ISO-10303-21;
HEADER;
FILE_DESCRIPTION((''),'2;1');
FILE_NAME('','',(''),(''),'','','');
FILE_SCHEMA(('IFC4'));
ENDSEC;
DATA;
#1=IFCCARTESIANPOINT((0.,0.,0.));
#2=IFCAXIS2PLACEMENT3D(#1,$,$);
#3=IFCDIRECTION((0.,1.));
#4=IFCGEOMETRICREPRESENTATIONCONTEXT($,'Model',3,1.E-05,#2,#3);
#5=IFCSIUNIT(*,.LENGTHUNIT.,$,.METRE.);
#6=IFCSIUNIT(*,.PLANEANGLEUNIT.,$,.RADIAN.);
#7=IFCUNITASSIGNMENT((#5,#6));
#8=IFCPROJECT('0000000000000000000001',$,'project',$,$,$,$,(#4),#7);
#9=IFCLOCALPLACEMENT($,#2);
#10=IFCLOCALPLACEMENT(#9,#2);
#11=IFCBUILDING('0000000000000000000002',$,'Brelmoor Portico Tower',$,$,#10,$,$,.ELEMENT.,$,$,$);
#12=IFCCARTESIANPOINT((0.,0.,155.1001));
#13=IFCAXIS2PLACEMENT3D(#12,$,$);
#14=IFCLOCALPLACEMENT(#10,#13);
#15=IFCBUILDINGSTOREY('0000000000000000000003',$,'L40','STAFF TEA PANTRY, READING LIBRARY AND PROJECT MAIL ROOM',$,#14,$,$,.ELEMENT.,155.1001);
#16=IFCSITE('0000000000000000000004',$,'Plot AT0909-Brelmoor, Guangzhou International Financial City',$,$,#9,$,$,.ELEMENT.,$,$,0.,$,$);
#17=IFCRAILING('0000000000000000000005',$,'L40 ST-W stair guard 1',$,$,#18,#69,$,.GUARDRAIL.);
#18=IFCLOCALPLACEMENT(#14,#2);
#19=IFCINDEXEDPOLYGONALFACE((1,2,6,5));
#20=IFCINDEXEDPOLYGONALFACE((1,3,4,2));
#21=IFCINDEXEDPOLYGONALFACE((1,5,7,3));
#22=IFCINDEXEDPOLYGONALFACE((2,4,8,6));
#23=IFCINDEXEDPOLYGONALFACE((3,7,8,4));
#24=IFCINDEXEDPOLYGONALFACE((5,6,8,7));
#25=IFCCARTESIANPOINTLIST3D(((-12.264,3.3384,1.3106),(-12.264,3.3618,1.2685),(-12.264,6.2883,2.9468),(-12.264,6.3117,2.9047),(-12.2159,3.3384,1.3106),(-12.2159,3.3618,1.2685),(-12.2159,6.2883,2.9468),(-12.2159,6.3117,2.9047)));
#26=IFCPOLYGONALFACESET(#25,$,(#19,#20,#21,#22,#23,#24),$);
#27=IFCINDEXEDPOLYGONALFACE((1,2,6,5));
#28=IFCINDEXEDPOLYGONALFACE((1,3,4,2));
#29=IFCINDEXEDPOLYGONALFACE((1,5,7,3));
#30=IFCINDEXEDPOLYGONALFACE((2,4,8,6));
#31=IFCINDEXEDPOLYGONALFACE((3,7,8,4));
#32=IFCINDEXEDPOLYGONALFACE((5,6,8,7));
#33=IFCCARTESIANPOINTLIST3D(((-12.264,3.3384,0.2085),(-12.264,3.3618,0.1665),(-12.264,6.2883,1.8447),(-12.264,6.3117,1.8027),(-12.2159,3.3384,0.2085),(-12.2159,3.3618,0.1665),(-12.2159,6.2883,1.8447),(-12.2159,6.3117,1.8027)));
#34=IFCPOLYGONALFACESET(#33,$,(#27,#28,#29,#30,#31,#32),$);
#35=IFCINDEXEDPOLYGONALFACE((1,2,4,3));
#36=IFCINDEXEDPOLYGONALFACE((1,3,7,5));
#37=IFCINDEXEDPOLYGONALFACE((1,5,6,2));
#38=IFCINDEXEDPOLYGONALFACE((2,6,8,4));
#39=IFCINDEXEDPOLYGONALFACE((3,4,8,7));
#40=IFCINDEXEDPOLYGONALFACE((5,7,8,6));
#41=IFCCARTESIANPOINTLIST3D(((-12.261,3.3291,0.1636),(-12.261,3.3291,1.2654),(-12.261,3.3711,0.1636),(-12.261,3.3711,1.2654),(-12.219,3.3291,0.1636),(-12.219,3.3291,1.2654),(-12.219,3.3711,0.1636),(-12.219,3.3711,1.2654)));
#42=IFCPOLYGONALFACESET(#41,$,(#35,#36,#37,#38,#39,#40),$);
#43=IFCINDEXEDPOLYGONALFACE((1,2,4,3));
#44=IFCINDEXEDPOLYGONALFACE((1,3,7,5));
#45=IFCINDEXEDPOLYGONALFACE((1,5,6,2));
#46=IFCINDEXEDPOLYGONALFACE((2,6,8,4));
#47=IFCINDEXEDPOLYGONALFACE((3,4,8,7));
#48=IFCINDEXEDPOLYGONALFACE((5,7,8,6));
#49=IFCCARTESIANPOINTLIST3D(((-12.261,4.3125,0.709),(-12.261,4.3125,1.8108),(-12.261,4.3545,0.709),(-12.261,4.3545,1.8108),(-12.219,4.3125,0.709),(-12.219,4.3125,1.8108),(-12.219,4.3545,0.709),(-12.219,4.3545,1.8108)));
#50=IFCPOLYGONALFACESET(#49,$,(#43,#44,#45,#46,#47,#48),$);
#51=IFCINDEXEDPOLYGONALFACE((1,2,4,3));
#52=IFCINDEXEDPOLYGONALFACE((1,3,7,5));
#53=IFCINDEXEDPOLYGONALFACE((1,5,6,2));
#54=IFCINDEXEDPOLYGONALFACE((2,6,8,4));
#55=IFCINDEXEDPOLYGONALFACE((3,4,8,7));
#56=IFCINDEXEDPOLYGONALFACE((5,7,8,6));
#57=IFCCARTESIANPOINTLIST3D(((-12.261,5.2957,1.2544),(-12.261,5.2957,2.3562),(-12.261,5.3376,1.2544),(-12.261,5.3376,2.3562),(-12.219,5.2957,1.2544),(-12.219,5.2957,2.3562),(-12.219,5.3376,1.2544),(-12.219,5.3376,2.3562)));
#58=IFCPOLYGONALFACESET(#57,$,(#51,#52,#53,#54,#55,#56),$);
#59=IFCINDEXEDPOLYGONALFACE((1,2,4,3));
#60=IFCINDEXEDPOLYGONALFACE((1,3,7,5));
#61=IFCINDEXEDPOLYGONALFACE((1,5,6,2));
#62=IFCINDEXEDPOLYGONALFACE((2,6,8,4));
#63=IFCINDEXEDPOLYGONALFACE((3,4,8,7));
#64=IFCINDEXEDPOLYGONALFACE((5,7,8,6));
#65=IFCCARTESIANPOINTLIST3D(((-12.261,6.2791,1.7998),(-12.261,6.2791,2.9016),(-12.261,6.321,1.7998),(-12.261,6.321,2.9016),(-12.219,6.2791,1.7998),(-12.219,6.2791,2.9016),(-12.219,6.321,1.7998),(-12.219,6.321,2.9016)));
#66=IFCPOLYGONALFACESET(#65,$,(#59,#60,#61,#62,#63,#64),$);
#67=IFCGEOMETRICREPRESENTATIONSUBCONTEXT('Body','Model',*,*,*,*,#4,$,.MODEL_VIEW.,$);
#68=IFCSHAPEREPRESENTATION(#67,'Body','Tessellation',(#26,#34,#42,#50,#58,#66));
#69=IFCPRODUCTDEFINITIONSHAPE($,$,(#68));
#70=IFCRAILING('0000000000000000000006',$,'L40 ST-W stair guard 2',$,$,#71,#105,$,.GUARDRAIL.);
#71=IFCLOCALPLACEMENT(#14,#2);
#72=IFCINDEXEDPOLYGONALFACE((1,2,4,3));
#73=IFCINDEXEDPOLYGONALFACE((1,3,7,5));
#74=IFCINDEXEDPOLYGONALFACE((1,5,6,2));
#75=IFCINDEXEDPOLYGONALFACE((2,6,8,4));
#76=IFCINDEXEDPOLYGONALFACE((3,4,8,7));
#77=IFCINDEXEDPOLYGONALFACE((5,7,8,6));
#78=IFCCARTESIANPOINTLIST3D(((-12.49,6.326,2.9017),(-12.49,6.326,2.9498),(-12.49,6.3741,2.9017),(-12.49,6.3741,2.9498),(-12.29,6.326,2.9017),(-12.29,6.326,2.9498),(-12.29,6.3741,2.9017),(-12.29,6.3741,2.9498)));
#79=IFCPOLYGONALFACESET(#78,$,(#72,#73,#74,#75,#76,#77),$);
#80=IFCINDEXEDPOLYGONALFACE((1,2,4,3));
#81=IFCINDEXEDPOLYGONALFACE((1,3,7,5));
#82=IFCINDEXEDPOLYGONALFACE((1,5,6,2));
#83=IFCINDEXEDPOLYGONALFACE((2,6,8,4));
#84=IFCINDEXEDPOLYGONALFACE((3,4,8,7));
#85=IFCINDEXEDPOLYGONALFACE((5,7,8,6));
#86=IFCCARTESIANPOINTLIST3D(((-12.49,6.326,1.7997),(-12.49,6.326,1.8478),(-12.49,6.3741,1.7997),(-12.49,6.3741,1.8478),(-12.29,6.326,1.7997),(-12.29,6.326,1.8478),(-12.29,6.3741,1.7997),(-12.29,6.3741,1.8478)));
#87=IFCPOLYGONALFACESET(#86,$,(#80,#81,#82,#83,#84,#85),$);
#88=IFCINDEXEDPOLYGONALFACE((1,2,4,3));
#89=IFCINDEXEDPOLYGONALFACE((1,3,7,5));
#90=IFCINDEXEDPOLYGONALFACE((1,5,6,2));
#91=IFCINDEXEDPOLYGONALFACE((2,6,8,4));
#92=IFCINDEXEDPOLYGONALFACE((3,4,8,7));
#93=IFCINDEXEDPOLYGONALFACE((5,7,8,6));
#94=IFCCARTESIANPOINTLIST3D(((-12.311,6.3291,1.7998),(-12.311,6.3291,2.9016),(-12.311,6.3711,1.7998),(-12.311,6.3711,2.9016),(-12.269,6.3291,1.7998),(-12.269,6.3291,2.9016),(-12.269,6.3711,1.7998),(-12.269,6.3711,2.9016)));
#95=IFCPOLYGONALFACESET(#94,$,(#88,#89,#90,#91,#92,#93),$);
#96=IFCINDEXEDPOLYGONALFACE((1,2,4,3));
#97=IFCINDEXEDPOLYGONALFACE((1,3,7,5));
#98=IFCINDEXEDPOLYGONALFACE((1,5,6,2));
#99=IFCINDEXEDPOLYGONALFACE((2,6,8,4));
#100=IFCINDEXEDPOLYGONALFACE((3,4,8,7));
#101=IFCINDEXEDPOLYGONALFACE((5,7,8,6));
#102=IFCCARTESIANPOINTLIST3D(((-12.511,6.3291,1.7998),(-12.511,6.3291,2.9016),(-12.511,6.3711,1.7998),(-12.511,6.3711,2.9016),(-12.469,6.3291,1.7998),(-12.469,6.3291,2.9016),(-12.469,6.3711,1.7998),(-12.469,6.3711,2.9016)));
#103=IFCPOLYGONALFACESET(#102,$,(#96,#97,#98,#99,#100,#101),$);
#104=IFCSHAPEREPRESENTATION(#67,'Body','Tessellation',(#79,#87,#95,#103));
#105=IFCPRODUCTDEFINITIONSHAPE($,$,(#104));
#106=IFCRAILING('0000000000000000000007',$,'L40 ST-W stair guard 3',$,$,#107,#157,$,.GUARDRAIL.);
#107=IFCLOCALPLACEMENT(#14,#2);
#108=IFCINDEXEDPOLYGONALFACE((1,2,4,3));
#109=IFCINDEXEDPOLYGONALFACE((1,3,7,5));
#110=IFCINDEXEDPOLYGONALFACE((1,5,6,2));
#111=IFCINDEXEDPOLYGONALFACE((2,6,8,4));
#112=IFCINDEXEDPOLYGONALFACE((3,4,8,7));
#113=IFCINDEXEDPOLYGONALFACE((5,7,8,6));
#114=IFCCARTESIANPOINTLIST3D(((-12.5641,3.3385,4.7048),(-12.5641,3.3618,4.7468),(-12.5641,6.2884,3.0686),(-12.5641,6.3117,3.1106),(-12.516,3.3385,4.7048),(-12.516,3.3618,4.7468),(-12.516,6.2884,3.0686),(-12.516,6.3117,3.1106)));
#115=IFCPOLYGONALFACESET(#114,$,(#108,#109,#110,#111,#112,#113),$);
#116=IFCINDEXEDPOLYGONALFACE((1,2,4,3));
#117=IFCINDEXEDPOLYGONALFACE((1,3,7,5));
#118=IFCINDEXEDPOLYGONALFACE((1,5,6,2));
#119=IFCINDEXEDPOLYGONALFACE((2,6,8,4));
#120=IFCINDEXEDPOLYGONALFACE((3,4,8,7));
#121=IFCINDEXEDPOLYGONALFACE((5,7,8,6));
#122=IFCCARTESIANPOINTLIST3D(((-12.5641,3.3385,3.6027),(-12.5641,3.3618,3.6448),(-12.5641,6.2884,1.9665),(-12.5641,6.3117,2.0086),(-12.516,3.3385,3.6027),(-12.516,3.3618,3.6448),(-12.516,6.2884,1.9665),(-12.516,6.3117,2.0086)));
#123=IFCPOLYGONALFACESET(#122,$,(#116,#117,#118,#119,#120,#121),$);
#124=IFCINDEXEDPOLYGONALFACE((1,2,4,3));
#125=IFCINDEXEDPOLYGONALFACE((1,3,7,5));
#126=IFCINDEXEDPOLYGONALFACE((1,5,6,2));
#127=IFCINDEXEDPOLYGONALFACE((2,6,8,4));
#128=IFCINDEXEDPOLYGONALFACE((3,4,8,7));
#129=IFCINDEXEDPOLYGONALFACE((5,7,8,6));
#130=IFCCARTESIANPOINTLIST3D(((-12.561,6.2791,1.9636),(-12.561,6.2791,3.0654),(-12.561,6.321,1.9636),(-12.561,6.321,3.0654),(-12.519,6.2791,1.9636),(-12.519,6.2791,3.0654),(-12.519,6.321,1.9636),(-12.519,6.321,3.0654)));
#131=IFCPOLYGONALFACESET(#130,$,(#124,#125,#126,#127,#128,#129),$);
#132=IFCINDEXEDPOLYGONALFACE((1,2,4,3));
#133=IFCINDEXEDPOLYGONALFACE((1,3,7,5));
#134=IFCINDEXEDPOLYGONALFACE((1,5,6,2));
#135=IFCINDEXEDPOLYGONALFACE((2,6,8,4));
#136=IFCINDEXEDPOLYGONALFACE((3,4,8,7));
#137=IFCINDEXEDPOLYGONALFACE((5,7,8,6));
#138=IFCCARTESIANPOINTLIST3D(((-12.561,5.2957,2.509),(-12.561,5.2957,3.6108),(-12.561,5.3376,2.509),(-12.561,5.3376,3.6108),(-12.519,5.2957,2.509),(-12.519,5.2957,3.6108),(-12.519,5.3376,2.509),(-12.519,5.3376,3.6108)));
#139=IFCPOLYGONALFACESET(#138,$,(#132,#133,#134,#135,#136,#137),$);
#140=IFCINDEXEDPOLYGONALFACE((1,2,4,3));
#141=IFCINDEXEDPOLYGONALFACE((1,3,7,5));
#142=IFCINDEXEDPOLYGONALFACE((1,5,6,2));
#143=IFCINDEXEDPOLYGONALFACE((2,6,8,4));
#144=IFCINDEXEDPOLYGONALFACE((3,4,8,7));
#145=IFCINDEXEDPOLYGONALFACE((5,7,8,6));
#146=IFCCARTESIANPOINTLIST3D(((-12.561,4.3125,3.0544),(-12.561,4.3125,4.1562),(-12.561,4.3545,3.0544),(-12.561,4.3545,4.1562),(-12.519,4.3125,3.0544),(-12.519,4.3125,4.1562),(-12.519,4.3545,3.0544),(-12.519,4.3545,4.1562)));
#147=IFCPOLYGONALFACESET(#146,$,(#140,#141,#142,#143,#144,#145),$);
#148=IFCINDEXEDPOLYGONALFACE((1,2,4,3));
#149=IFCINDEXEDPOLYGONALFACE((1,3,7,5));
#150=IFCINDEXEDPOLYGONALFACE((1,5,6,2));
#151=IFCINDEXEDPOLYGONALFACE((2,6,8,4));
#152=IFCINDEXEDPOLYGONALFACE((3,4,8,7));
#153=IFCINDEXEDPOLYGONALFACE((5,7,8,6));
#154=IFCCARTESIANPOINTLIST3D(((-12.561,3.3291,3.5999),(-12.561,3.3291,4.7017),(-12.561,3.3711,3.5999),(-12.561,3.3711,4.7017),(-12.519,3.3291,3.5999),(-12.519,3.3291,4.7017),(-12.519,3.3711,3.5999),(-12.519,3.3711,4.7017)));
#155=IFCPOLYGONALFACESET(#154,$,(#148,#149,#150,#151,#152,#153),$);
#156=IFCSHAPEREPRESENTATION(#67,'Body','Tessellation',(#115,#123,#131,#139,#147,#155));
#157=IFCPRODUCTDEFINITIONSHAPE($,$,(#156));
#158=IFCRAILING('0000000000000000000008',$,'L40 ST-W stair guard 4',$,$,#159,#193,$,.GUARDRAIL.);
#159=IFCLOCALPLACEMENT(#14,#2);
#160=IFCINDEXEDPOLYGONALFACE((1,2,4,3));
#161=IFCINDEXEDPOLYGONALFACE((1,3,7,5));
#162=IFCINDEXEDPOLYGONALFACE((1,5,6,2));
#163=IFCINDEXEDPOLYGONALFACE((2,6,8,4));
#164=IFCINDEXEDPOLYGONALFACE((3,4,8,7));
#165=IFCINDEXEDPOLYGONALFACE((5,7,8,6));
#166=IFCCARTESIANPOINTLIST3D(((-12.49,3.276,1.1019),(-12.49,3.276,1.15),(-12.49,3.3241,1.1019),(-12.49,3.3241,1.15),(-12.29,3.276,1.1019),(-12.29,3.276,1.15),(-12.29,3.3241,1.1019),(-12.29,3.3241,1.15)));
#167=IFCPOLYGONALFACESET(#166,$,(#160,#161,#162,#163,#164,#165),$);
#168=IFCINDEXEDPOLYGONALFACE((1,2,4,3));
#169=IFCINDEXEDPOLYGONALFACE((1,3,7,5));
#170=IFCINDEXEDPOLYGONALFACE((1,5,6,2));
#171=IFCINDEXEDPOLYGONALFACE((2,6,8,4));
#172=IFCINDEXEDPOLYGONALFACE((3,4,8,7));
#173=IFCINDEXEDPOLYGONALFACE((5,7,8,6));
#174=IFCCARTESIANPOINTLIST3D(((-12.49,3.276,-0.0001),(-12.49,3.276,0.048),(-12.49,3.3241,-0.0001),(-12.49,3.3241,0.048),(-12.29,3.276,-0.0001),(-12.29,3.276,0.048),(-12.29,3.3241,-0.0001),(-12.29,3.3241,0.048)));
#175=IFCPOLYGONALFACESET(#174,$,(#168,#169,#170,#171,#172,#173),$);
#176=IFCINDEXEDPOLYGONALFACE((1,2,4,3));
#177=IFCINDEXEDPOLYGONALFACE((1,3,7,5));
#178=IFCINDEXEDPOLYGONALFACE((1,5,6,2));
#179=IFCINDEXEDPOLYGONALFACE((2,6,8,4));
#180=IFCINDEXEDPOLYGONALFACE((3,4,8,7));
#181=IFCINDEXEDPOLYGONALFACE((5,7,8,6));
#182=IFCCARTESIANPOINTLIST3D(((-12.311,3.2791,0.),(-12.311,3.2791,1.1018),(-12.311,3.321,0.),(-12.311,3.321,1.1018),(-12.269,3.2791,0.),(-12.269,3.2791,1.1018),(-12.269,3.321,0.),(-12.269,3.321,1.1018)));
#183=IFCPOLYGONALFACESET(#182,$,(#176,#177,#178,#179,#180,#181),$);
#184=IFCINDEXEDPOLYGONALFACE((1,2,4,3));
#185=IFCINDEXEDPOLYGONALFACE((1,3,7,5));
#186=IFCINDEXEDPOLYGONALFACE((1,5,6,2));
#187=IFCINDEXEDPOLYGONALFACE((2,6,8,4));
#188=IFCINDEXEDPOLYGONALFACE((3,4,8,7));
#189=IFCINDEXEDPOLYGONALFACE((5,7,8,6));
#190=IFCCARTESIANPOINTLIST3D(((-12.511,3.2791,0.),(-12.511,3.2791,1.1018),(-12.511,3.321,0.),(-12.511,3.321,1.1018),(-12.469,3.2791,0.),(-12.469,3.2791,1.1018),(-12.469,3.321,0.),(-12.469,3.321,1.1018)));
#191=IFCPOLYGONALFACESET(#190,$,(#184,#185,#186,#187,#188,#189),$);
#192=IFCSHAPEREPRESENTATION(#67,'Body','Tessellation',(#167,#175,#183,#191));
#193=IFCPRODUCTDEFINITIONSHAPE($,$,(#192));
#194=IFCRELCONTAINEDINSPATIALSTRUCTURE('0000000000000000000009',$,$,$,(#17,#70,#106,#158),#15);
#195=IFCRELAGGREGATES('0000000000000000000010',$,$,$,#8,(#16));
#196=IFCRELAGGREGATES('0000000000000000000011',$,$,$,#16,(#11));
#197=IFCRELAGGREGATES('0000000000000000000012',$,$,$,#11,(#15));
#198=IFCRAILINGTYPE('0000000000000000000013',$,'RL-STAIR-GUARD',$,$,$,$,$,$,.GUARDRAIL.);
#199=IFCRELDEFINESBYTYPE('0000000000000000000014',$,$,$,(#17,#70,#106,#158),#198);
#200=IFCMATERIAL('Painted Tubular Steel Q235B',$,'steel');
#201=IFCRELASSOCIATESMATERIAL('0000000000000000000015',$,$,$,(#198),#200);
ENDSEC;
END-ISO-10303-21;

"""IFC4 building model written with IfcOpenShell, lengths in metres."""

from ifc_helpers import new_model, si_unit, direction, frame, origin, origin_2d, place, context, subcontext, project, spatial, rectangle, extrude, material, type_object, element, save


model = new_model("IFC4")

# Units and contexts
model_context = context("Model", 3, precision=1e-05, world=origin(), true_north=direction((0.0, 1.0)))
body_context = subcontext(model_context, "Body", "Model", "MODEL_VIEW")
ifc_project = project(units=[si_unit("LENGTHUNIT", "METRE"), si_unit("PLANEANGLEUNIT", "RADIAN")], contexts=[model_context])

# Site, building, storey
site_placement = place(None, origin())
site = spatial("IfcSite", under=ifc_project, at=site_placement, Name="Plot AT0909-Brelmoor, Guangzhou International Financial City", CompositionType="ELEMENT", RefElevation=0.0)
building_placement = place(site_placement, origin())
building = spatial("IfcBuilding", under=site, at=building_placement, Name="Brelmoor Portico Tower", CompositionType="ELEMENT")
storey_placement = place(building_placement, frame((0.0, 0.0, 155.1001)))
storey = spatial("IfcBuildingStorey", under=building, at=storey_placement, Name="L40", Description="STAFF TEA PANTRY, READING LIBRARY AND PROJECT MAIL ROOM", CompositionType="ELEMENT", Elevation=155.1001)

# Railings
ifc_material_1 = material(Name="Painted Tubular Steel Q235B", Category="steel")
railing_type_1 = type_object("IfcRailingType", Name="RL-STAIR-GUARD", PredefinedType="GUARDRAIL", material=ifc_material_1)
railing_1_placement = place(storey_placement, frame((-12.24, 3.3501, 0.1636)))
element("IfcRailing", 1, at=railing_1_placement, inside=storey, type_object=railing_type_1, Name="L40 ST-W stair guard 1", PredefinedType="GUARDRAIL", context=body_context, shape_type="SweptSolid", body=[
    extrude(rectangle(XDim=0.0481, YDim=0.0481, at=origin_2d()), frame((0.0, 0.0, 1.126), z_axis=(0.0, 0.874488, 0.485047), x_axis=(-1.0, 0.0, 0.0)), (0.0, 0.0, 1.0), 3.3733),
    extrude(rectangle(XDim=0.0481, YDim=0.0481, at=origin_2d()), frame((0.0, 0.0, 0.0239), z_axis=(0.0, 0.874488, 0.485047), x_axis=(-1.0, 0.0, 0.0)), (0.0, 0.0, 1.0), 3.3733),
    extrude(rectangle(XDim=0.042, YDim=0.042, at=origin_2d()), origin(), (0.0, 0.0, 1.0), 1.1018),
    extrude(rectangle(XDim=0.042, YDim=0.042, at=origin_2d()), frame((0.0, 0.9834, 0.5454)), (0.0, 0.0, 1.0), 1.1018),
    extrude(rectangle(XDim=0.042, YDim=0.042, at=origin_2d()), frame((0.0, 1.9666, 1.0908)), (0.0, 0.0, 1.0), 1.1018),
    extrude(rectangle(XDim=0.042, YDim=0.042, at=origin_2d()), frame((0.0, 2.95, 1.6362)), (0.0, 0.0, 1.0), 1.1018),
])
railing_2_placement = place(storey_placement, frame((-12.29, 6.3501, 1.7998)))
element("IfcRailing", 2, at=railing_2_placement, inside=storey, type_object=railing_type_1, Name="L40 ST-W stair guard 2", PredefinedType="GUARDRAIL", context=body_context, shape_type="SweptSolid", body=[
    extrude(rectangle(XDim=0.0481, YDim=0.0481, at=origin_2d()), frame((0.0, 0.0, 1.126), z_axis=(-1.0, 0.0, 0.0), x_axis=(0.0, -1.0, 0.0)), (0.0, 0.0, 1.0), 0.2),
    extrude(rectangle(XDim=0.0481, YDim=0.0481, at=origin_2d()), frame((0.0, 0.0, 0.0239), z_axis=(-1.0, 0.0, 0.0), x_axis=(0.0, -1.0, 0.0)), (0.0, 0.0, 1.0), 0.2),
    extrude(rectangle(XDim=0.042, YDim=0.042, at=origin_2d()), origin(), (0.0, 0.0, 1.0), 1.1018),
    extrude(rectangle(XDim=0.042, YDim=0.042, at=origin_2d()), frame((-0.2, 0.0, 0.0)), (0.0, 0.0, 1.0), 1.1018),
])
railing_3_placement = place(storey_placement, frame((-12.54, 6.3, 1.9636)))
element("IfcRailing", 3, at=railing_3_placement, inside=storey, type_object=railing_type_1, Name="L40 ST-W stair guard 3", PredefinedType="GUARDRAIL", context=body_context, shape_type="SweptSolid", body=[
    extrude(rectangle(XDim=0.0481, YDim=0.0481, at=origin_2d()), frame((0.0, 0.0, 1.126), z_axis=(0.0, -0.874488, 0.485047), x_axis=(1.0, 0.0, 0.0)), (0.0, 0.0, 1.0), 3.3733),
    extrude(rectangle(XDim=0.0481, YDim=0.0481, at=origin_2d()), frame((0.0, 0.0, 0.0239), z_axis=(0.0, -0.874488, 0.485047), x_axis=(1.0, 0.0, 0.0)), (0.0, 0.0, 1.0), 3.3733),
    extrude(rectangle(XDim=0.042, YDim=0.042, at=origin_2d()), origin(), (0.0, 0.0, 1.0), 1.1018),
    extrude(rectangle(XDim=0.042, YDim=0.042, at=origin_2d()), frame((0.0, -0.9834, 0.5454)), (0.0, 0.0, 1.0), 1.1018),
    extrude(rectangle(XDim=0.042, YDim=0.042, at=origin_2d()), frame((0.0, -1.9666, 1.0908)), (0.0, 0.0, 1.0), 1.1018),
    extrude(rectangle(XDim=0.042, YDim=0.042, at=origin_2d()), frame((0.0, -2.95, 1.6362)), (0.0, 0.0, 1.0), 1.1018),
])
railing_4_placement = place(storey_placement, frame((-12.29, 3.3, 0.0)))
element("IfcRailing", 4, at=railing_4_placement, inside=storey, type_object=railing_type_1, Name="L40 ST-W stair guard 4", PredefinedType="GUARDRAIL", context=body_context, shape_type="SweptSolid", body=[
    extrude(rectangle(XDim=0.0481, YDim=0.0481, at=origin_2d()), frame((0.0, 0.0, 1.126), z_axis=(-1.0, 0.0, 0.0), x_axis=(0.0, -1.0, 0.0)), (0.0, 0.0, 1.0), 0.2),
    extrude(rectangle(XDim=0.0481, YDim=0.0481, at=origin_2d()), frame((0.0, 0.0, 0.0239), z_axis=(-1.0, 0.0, 0.0), x_axis=(0.0, -1.0, 0.0)), (0.0, 0.0, 1.0), 0.2),
    extrude(rectangle(XDim=0.042, YDim=0.042, at=origin_2d()), origin(), (0.0, 0.0, 1.0), 1.1018),
    extrude(rectangle(XDim=0.042, YDim=0.042, at=origin_2d()), frame((-0.2, 0.0, 0.0)), (0.0, 0.0, 1.0), 1.1018),
])

save(model, "model.ifc")
